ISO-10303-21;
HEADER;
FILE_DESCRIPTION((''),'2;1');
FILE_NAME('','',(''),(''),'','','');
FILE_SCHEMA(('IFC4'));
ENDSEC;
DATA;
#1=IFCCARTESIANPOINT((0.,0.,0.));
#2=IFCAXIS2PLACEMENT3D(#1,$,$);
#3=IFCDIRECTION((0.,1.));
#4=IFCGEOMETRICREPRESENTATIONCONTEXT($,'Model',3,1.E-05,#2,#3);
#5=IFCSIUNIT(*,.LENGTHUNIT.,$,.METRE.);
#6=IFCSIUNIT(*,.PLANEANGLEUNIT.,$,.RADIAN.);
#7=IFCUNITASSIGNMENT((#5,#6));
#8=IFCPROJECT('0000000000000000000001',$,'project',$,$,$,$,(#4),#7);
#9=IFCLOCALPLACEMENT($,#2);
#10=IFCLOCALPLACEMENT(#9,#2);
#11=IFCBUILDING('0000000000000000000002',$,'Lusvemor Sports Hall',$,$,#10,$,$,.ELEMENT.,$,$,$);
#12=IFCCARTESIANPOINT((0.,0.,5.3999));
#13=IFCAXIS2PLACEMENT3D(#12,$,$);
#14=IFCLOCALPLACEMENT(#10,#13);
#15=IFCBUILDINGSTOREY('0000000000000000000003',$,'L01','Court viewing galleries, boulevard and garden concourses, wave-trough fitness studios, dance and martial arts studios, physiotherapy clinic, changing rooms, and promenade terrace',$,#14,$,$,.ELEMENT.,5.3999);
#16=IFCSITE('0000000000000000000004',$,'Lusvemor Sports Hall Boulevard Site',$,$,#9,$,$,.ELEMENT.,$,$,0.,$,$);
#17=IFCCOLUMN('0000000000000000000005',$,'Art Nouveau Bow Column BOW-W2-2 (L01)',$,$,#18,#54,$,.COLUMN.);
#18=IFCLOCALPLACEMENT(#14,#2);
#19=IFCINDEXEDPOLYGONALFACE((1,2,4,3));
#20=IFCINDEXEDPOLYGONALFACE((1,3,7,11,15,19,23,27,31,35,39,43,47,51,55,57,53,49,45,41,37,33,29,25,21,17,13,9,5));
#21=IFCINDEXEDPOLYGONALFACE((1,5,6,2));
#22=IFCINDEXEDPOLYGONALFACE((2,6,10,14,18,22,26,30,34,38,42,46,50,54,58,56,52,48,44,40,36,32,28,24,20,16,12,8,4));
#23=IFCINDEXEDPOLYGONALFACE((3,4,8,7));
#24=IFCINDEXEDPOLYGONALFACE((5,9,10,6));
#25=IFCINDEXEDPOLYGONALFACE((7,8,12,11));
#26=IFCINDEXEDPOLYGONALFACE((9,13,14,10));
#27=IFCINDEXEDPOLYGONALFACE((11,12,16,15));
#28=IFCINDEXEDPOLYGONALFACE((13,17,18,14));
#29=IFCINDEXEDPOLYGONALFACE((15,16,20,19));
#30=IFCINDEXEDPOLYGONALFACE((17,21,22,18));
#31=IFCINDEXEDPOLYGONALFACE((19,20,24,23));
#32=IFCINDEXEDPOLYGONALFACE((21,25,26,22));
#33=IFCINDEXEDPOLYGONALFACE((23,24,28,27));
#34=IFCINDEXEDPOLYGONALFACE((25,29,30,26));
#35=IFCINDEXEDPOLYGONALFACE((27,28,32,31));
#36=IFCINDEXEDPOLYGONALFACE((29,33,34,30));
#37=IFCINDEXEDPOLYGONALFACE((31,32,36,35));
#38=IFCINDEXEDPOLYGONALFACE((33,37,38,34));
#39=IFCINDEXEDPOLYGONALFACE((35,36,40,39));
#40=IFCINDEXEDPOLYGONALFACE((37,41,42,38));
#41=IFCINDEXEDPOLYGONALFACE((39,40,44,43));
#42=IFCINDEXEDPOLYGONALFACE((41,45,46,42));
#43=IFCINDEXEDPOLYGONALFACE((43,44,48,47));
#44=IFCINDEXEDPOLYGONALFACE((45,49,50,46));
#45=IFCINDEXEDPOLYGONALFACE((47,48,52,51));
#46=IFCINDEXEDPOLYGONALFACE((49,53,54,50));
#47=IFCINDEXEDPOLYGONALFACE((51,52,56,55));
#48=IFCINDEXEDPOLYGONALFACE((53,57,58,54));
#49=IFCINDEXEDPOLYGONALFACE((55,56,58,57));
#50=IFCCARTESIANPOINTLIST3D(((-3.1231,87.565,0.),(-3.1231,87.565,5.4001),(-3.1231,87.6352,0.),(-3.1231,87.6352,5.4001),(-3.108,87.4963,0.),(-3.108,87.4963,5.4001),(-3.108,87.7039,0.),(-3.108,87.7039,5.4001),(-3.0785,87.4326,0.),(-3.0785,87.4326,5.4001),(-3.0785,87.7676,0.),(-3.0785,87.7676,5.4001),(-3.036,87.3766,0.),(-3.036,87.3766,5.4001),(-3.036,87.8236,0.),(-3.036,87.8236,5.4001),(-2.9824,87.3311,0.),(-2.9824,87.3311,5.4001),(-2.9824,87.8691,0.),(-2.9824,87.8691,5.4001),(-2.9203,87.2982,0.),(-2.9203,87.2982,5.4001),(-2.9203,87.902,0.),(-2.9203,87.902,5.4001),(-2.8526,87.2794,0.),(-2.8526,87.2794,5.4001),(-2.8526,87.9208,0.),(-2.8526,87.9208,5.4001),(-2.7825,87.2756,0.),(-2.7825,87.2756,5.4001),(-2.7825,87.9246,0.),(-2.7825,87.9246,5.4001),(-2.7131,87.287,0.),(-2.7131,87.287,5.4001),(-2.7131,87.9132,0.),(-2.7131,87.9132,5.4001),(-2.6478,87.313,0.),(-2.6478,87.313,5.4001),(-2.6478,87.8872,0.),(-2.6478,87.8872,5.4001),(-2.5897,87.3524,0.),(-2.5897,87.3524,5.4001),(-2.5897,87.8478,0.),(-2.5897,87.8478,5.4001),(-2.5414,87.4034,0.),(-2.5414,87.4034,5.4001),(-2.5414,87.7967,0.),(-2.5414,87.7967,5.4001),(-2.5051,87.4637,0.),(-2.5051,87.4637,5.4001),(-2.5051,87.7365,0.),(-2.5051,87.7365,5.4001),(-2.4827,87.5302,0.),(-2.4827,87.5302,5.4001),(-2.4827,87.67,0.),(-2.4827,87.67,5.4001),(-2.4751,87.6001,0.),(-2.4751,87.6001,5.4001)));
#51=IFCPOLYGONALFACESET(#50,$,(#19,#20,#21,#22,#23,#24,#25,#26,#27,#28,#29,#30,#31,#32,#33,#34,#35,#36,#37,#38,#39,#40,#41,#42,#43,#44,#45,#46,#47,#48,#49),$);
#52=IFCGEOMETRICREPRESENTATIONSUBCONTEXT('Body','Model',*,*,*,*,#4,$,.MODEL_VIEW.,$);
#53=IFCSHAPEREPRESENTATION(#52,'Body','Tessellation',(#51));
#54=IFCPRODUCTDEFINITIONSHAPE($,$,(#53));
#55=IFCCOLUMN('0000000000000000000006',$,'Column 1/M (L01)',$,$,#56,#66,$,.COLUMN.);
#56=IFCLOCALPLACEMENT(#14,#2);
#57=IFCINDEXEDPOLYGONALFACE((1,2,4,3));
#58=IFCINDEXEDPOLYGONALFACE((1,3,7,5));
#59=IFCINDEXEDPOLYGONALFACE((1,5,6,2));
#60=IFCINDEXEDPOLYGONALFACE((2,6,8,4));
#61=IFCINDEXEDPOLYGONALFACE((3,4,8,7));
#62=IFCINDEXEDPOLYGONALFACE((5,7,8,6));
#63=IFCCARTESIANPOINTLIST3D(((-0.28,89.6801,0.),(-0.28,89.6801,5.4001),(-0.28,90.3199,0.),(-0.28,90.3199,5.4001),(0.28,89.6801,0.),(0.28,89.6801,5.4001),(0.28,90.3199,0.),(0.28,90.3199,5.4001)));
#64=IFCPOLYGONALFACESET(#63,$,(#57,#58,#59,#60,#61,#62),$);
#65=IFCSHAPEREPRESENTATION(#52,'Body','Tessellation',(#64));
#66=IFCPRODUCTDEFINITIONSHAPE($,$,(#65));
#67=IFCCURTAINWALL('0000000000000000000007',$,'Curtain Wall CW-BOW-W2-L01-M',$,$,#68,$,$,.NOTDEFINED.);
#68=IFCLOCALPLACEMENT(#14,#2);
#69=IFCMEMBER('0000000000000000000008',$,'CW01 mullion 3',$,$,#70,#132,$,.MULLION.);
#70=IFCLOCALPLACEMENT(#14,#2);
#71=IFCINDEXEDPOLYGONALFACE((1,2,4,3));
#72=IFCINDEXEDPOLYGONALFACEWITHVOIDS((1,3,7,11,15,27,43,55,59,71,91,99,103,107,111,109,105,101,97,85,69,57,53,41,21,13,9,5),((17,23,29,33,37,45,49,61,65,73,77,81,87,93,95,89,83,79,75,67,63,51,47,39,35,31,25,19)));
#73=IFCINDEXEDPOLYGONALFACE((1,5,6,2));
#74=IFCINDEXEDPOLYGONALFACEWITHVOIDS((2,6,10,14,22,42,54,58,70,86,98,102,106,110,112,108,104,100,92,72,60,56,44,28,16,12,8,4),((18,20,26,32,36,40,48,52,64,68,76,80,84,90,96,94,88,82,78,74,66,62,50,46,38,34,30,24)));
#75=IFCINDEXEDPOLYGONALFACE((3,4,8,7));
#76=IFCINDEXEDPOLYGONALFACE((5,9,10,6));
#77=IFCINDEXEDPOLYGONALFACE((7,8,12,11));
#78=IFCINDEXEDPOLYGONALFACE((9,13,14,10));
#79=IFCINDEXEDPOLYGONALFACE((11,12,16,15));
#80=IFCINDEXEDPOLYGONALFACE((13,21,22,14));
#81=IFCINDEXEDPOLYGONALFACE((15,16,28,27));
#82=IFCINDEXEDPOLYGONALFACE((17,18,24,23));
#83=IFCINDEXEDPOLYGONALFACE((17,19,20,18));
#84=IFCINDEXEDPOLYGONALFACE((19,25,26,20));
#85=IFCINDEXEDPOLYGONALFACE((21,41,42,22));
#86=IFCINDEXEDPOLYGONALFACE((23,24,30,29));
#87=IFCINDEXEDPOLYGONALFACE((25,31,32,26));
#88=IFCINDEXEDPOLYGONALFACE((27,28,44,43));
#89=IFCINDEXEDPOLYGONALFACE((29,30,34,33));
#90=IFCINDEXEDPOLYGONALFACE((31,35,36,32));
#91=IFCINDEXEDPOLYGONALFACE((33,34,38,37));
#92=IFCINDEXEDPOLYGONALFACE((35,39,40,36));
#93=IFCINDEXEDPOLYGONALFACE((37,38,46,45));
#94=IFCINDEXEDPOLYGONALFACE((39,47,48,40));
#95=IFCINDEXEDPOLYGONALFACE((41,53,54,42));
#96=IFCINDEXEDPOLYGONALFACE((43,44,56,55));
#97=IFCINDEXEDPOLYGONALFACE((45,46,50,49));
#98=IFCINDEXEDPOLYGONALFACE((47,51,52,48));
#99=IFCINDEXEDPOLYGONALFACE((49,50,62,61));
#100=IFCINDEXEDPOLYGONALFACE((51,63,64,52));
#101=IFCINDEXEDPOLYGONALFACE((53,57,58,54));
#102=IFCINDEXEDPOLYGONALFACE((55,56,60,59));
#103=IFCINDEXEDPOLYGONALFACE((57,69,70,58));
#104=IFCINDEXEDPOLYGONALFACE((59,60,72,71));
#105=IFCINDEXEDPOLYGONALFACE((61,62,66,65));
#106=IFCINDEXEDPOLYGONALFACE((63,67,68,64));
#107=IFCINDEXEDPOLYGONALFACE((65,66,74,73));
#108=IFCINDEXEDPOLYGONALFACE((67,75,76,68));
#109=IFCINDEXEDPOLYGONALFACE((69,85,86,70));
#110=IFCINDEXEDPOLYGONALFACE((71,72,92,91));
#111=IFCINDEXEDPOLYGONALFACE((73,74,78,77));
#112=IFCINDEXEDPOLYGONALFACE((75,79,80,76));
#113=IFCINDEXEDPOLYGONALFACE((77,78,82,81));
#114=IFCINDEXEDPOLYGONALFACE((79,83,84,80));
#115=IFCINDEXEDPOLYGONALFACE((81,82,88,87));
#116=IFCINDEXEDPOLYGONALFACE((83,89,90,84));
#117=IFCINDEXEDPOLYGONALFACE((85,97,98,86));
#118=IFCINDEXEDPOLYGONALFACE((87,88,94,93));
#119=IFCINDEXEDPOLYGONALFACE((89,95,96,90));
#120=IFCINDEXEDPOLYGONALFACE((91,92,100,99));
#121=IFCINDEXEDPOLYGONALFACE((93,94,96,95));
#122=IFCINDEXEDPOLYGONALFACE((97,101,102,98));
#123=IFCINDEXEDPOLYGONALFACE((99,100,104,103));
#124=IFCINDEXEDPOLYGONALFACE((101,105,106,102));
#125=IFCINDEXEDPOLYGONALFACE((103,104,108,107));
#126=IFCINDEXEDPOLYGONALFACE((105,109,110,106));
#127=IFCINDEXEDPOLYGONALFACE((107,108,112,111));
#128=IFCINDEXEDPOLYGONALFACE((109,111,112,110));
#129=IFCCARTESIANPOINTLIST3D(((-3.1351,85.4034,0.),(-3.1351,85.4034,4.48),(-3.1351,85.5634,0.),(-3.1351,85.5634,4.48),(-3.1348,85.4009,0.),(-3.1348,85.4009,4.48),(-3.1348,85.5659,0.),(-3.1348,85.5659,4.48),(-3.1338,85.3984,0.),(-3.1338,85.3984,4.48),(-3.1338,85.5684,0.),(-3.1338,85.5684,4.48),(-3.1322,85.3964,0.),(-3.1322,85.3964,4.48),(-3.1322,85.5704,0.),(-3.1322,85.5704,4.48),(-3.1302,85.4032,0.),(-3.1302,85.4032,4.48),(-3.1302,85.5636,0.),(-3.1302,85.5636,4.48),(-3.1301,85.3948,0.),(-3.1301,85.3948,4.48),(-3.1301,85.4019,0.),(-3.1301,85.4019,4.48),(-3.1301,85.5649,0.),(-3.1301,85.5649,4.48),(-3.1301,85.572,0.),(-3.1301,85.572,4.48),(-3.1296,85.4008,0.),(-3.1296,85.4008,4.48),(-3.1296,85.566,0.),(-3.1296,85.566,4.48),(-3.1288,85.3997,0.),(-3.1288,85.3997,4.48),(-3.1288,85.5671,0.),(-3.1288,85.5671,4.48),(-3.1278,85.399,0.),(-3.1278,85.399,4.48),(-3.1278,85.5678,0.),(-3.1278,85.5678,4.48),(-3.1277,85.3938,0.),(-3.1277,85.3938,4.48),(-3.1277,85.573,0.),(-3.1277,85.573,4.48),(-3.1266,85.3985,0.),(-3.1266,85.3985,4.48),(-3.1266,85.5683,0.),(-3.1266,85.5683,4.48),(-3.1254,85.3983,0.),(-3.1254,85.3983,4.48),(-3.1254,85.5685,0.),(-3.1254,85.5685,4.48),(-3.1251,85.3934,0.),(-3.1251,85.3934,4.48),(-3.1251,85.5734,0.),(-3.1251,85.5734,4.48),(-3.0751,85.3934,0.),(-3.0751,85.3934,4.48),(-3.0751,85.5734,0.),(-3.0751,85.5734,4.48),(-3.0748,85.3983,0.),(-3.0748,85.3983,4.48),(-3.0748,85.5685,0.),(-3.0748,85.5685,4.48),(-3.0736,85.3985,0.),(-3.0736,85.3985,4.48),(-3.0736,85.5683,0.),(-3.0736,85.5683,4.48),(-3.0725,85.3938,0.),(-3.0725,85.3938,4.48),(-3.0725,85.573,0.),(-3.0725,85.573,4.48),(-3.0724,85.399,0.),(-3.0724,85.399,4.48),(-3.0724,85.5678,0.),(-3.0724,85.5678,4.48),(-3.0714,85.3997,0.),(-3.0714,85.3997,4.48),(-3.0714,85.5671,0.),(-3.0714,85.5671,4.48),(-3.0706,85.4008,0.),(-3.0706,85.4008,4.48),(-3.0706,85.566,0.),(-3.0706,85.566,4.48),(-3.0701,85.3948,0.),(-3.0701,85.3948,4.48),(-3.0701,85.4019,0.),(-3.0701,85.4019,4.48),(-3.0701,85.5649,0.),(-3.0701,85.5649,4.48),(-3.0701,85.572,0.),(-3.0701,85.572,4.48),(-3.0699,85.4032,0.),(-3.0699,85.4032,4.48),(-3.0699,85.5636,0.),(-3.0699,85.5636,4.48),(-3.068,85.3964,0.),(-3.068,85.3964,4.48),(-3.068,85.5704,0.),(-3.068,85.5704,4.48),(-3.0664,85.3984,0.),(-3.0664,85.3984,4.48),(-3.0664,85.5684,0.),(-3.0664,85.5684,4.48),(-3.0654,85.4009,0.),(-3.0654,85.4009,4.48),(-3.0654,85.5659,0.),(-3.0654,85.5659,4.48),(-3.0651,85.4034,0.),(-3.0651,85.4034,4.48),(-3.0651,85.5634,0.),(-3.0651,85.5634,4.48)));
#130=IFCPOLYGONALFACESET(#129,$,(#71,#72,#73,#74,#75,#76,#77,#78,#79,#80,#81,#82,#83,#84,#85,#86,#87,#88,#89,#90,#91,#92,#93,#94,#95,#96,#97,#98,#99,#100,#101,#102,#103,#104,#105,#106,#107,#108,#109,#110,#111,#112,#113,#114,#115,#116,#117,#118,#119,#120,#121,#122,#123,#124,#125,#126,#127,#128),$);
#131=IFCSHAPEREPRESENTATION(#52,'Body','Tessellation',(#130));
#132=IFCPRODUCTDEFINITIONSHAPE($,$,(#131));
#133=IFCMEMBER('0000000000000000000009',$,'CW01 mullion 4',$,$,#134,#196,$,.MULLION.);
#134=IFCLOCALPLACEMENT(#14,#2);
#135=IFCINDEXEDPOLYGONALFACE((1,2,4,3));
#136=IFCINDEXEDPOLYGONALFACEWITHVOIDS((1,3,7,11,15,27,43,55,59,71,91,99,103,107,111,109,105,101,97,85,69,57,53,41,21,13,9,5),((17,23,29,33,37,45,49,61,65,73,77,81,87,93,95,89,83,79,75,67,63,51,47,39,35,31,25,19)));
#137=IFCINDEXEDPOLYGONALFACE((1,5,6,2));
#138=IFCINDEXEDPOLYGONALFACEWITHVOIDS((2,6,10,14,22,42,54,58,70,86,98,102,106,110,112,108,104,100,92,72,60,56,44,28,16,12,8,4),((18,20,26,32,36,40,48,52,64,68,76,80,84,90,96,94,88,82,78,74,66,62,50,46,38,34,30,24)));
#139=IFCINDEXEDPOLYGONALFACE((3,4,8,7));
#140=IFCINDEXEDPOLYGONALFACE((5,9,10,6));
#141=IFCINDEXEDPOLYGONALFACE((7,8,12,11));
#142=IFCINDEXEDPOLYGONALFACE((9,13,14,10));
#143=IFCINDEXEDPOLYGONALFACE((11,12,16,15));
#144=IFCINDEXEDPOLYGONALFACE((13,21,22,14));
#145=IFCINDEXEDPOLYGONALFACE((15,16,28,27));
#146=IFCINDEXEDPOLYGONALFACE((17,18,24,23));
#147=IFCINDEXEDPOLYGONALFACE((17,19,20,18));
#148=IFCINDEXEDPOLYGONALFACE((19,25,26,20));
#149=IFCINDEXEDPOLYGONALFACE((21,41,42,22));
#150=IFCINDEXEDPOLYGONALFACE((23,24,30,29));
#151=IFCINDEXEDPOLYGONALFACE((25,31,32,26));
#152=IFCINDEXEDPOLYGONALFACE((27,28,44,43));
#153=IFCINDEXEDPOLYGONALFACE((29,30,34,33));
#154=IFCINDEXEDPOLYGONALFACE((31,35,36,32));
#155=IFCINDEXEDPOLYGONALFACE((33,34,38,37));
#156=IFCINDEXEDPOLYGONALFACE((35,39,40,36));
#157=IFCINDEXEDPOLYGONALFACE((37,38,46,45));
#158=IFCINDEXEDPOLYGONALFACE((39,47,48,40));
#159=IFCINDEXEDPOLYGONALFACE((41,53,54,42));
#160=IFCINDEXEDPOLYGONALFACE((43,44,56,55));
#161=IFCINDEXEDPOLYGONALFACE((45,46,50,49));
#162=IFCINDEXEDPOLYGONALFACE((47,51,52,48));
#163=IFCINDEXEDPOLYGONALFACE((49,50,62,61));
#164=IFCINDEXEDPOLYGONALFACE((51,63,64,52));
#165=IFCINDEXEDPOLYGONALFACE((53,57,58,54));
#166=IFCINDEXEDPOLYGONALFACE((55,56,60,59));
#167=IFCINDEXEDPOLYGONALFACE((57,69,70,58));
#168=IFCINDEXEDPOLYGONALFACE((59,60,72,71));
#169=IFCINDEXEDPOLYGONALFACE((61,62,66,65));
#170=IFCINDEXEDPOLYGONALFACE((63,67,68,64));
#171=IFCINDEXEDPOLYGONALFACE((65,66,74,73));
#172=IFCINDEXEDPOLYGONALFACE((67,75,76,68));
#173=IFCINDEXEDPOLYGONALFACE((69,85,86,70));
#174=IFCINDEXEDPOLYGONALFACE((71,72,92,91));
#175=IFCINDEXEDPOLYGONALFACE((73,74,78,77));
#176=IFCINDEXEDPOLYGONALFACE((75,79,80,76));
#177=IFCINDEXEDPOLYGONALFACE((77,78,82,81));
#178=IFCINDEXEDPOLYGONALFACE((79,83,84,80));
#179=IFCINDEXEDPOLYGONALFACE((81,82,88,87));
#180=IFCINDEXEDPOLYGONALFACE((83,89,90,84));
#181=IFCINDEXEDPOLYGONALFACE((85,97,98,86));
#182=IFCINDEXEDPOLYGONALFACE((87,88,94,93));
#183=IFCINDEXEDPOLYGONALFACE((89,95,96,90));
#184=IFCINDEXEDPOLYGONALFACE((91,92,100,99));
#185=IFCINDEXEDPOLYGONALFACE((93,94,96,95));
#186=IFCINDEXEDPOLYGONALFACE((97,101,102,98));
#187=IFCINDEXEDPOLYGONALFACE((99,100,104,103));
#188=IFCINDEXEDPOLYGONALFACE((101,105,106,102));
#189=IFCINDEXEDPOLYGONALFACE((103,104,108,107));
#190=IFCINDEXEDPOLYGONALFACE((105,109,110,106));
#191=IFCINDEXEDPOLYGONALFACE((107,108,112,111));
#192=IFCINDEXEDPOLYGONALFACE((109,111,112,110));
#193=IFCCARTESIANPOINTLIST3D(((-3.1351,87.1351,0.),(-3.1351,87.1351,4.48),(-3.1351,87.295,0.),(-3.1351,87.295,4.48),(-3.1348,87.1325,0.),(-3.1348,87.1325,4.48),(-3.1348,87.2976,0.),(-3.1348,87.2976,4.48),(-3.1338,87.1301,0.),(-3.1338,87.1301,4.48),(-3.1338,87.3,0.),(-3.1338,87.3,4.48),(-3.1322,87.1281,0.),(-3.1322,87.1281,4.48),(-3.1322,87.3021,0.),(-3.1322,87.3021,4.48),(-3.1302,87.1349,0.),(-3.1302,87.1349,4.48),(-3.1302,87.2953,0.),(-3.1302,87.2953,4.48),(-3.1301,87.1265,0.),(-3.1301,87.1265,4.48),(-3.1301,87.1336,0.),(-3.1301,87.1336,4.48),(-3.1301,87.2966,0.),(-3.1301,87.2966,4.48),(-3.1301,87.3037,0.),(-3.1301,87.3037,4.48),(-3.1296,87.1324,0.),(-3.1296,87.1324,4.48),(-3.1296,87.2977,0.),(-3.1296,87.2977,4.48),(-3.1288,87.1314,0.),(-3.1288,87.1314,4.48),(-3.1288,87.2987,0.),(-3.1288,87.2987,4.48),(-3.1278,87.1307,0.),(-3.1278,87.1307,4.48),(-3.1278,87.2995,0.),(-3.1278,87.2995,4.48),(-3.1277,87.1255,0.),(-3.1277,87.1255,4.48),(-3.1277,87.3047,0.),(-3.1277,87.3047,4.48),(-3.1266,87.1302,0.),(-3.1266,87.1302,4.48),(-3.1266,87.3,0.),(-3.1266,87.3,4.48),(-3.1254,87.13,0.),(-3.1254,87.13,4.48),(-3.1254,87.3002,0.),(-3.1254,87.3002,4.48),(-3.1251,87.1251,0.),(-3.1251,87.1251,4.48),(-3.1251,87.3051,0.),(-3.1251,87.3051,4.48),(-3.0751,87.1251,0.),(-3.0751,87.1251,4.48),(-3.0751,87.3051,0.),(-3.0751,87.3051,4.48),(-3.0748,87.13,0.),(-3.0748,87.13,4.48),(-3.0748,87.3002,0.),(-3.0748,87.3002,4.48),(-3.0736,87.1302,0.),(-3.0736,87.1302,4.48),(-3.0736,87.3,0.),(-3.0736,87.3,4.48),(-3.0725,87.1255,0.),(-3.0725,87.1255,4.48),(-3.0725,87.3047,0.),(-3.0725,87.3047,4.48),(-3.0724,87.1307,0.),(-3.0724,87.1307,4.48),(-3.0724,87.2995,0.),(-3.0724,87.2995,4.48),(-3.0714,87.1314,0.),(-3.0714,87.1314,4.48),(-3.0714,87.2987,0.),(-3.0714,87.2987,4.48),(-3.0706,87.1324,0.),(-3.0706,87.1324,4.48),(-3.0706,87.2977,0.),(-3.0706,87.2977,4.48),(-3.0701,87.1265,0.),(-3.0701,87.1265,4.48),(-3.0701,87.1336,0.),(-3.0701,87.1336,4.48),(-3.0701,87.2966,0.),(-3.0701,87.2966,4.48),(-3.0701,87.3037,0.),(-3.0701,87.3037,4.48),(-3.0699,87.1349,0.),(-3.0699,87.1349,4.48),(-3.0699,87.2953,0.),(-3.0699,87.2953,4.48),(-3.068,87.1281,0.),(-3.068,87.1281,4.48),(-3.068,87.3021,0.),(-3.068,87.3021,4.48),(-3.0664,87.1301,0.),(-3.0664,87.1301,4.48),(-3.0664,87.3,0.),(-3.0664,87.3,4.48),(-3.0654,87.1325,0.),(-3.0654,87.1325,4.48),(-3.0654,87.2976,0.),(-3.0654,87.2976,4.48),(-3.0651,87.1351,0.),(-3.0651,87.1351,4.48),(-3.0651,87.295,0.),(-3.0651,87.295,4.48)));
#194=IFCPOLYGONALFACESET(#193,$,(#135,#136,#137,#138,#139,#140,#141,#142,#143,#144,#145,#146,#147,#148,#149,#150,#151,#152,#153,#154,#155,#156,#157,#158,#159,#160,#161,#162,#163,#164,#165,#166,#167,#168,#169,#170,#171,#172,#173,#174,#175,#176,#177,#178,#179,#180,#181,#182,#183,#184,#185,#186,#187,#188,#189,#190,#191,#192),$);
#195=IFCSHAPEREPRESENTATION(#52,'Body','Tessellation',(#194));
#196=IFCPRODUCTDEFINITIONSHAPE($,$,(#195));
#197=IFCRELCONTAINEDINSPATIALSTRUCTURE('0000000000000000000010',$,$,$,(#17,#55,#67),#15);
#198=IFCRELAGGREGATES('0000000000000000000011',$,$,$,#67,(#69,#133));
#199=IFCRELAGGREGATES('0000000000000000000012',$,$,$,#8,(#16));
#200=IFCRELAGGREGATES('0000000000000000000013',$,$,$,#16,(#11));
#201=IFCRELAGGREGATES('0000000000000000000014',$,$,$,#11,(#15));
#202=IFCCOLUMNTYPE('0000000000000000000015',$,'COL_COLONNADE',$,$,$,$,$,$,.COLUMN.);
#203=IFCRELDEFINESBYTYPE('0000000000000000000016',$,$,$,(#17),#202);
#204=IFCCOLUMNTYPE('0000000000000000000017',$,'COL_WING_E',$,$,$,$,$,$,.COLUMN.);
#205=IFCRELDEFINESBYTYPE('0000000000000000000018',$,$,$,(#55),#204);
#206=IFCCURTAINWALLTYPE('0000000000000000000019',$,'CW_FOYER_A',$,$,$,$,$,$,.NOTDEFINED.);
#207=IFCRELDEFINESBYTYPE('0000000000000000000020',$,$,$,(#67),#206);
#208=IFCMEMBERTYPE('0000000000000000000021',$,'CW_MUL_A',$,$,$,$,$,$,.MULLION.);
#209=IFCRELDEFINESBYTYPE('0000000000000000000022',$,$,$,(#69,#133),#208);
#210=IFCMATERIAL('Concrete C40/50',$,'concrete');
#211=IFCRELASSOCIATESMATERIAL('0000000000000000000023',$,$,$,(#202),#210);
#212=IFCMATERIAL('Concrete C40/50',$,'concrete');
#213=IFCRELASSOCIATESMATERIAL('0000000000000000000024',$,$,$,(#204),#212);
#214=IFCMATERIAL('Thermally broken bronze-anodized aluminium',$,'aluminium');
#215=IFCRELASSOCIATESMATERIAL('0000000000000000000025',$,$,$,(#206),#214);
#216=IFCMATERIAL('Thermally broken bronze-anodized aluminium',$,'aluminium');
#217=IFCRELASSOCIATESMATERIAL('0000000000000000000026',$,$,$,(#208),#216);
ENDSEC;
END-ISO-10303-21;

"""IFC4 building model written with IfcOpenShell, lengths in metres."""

from ifc_helpers import new_model, si_unit, direction, frame, origin, origin_2d, place, context, subcontext, project, spatial, rectangle, hollow_rectangle, circle, extrude, material, material_profile, profile_set, type_object, element, aggregate, save


model = new_model("IFC4")

# Units and contexts
model_context = context("Model", 3, precision=1e-05, world=origin(), true_north=direction((0.0, 1.0)))
body_context = subcontext(model_context, "Body", "Model", "MODEL_VIEW")
ifc_project = project(units=[si_unit("LENGTHUNIT", "METRE"), si_unit("PLANEANGLEUNIT", "RADIAN")], contexts=[model_context])

# Site, building, storey
site_placement = place(None, origin())
site = spatial("IfcSite", under=ifc_project, at=site_placement, Name="Lusvemor Sports Hall Boulevard Site", CompositionType="ELEMENT", RefElevation=0.0)
building_placement = place(site_placement, origin())
building = spatial("IfcBuilding", under=site, at=building_placement, Name="Lusvemor Sports Hall", CompositionType="ELEMENT")
storey_placement = place(building_placement, frame((0.0, 0.0, 5.3999)))
storey = spatial("IfcBuildingStorey", under=building, at=storey_placement, Name="L01", Description="Court viewing galleries, boulevard and garden concourses, wave-trough fitness studios, dance and martial arts studios, physiotherapy clinic, changing rooms, and promenade terrace", CompositionType="ELEMENT", Elevation=5.3999)

# Columns
ifc_material_1 = material(Name="Concrete C40/50", Category="concrete")
ifc_material_profile_1 = material_profile(ifc_material_1, circle(Radius=0.325, at=origin_2d()), Name="RCCIRC650")
ifc_profile_set_1 = profile_set([ifc_material_profile_1], Name="Concrete C40/50")
column_type_1 = type_object("IfcColumnType", Name="COL_COLONNADE", PredefinedType="COLUMN", material=ifc_profile_set_1)
column_1_placement = place(storey_placement, frame((-2.8, 87.6001, 0.0), z_axis=(0.0, 0.0, 1.0), x_axis=(1.0, 0.0, 0.0)))
element("IfcColumn", 1, at=column_1_placement, inside=storey, type_object=column_type_1, Name="Art Nouveau Bow Column BOW-W2-2 (L01)", PredefinedType="COLUMN", context=body_context, shape_type="SweptSolid", body=[
    extrude(circle(Radius=0.325, at=origin_2d()), origin(), (0.0, 0.0, 1.0), 5.4001),
])
ifc_material_2 = material(Name="Concrete C40/50", Category="concrete")
ifc_material_profile_2 = material_profile(ifc_material_2, rectangle(XDim=0.5601, YDim=0.6399, at=origin_2d()), Name="RC560x640")
ifc_profile_set_2 = profile_set([ifc_material_profile_2], Name="Concrete C40/50")
column_type_2 = type_object("IfcColumnType", Name="COL_WING_E", PredefinedType="COLUMN", material=ifc_profile_set_2)
column_2_placement = place(storey_placement, frame((0.0, 90.0, 0.0), z_axis=(0.0, 0.0, 1.0), x_axis=(1.0, 0.0, 0.0)))
element("IfcColumn", 2, at=column_2_placement, inside=storey, type_object=column_type_2, Name="Column 1/M (L01)", PredefinedType="COLUMN", context=body_context, shape_type="SweptSolid", body=[
    extrude(rectangle(XDim=0.5601, YDim=0.6399, at=origin_2d()), origin(), (0.0, 0.0, 1.0), 5.4001),
])

# Curtain wall, members
ifc_material_3 = material(Name="Thermally broken bronze-anodized aluminium", Category="aluminium")
curtain_wall_type_1 = type_object("IfcCurtainWallType", Name="CW_FOYER_A", PredefinedType="NOTDEFINED", material=ifc_material_3)
curtain_wall_1_placement = place(storey_placement, origin())
curtain_wall_1 = element("IfcCurtainWall", 3, at=curtain_wall_1_placement, inside=storey, type_object=curtain_wall_type_1, Name="Curtain Wall CW-BOW-W2-L01-M", PredefinedType="NOTDEFINED")
ifc_material_4 = material(Name="Thermally broken bronze-anodized aluminium", Category="aluminium")
ifc_material_profile_3 = material_profile(ifc_material_4, hollow_rectangle(XDim=0.0701, YDim=0.1799, WallThickness=0.0049, InnerFilletRadius=0.0049, OuterFilletRadius=0.01, at=origin_2d()), Name="CWMUL180x70x5")
ifc_profile_set_3 = profile_set([ifc_material_profile_3], Name="Thermally broken bronze-anodized aluminium")
member_type_1 = type_object("IfcMemberType", Name="CW_MUL_A", PredefinedType="MULLION", material=ifc_profile_set_3)
member_1_placement = place(storey_placement, frame((-3.1001, 85.4834, 0.0), z_axis=(0.0, 0.0, 1.0), x_axis=(-1.0, 0.0, 0.0)))
member_1 = element("IfcMember", 4, at=member_1_placement, type_object=member_type_1, Name="CW01 mullion 3", PredefinedType="MULLION", context=body_context, shape_type="SweptSolid", body=[
    extrude(hollow_rectangle(XDim=0.0701, YDim=0.1799, WallThickness=0.0049, InnerFilletRadius=0.0049, OuterFilletRadius=0.01, at=origin_2d()), origin(), (0.0, 0.0, 1.0), 4.48),
])
member_2_placement = place(storey_placement, frame((-3.1001, 87.2151, 0.0), z_axis=(0.0, 0.0, 1.0), x_axis=(-1.0, 0.0, 0.0)))
member_2 = element("IfcMember", 5, at=member_2_placement, type_object=member_type_1, Name="CW01 mullion 4", PredefinedType="MULLION", context=body_context, shape_type="SweptSolid", body=[
    extrude(hollow_rectangle(XDim=0.0701, YDim=0.1799, WallThickness=0.0049, InnerFilletRadius=0.0049, OuterFilletRadius=0.01, at=origin_2d()), origin(), (0.0, 0.0, 1.0), 4.48),
])

aggregate(curtain_wall_1, [member_1, member_2])

save(model, "model.ifc")
